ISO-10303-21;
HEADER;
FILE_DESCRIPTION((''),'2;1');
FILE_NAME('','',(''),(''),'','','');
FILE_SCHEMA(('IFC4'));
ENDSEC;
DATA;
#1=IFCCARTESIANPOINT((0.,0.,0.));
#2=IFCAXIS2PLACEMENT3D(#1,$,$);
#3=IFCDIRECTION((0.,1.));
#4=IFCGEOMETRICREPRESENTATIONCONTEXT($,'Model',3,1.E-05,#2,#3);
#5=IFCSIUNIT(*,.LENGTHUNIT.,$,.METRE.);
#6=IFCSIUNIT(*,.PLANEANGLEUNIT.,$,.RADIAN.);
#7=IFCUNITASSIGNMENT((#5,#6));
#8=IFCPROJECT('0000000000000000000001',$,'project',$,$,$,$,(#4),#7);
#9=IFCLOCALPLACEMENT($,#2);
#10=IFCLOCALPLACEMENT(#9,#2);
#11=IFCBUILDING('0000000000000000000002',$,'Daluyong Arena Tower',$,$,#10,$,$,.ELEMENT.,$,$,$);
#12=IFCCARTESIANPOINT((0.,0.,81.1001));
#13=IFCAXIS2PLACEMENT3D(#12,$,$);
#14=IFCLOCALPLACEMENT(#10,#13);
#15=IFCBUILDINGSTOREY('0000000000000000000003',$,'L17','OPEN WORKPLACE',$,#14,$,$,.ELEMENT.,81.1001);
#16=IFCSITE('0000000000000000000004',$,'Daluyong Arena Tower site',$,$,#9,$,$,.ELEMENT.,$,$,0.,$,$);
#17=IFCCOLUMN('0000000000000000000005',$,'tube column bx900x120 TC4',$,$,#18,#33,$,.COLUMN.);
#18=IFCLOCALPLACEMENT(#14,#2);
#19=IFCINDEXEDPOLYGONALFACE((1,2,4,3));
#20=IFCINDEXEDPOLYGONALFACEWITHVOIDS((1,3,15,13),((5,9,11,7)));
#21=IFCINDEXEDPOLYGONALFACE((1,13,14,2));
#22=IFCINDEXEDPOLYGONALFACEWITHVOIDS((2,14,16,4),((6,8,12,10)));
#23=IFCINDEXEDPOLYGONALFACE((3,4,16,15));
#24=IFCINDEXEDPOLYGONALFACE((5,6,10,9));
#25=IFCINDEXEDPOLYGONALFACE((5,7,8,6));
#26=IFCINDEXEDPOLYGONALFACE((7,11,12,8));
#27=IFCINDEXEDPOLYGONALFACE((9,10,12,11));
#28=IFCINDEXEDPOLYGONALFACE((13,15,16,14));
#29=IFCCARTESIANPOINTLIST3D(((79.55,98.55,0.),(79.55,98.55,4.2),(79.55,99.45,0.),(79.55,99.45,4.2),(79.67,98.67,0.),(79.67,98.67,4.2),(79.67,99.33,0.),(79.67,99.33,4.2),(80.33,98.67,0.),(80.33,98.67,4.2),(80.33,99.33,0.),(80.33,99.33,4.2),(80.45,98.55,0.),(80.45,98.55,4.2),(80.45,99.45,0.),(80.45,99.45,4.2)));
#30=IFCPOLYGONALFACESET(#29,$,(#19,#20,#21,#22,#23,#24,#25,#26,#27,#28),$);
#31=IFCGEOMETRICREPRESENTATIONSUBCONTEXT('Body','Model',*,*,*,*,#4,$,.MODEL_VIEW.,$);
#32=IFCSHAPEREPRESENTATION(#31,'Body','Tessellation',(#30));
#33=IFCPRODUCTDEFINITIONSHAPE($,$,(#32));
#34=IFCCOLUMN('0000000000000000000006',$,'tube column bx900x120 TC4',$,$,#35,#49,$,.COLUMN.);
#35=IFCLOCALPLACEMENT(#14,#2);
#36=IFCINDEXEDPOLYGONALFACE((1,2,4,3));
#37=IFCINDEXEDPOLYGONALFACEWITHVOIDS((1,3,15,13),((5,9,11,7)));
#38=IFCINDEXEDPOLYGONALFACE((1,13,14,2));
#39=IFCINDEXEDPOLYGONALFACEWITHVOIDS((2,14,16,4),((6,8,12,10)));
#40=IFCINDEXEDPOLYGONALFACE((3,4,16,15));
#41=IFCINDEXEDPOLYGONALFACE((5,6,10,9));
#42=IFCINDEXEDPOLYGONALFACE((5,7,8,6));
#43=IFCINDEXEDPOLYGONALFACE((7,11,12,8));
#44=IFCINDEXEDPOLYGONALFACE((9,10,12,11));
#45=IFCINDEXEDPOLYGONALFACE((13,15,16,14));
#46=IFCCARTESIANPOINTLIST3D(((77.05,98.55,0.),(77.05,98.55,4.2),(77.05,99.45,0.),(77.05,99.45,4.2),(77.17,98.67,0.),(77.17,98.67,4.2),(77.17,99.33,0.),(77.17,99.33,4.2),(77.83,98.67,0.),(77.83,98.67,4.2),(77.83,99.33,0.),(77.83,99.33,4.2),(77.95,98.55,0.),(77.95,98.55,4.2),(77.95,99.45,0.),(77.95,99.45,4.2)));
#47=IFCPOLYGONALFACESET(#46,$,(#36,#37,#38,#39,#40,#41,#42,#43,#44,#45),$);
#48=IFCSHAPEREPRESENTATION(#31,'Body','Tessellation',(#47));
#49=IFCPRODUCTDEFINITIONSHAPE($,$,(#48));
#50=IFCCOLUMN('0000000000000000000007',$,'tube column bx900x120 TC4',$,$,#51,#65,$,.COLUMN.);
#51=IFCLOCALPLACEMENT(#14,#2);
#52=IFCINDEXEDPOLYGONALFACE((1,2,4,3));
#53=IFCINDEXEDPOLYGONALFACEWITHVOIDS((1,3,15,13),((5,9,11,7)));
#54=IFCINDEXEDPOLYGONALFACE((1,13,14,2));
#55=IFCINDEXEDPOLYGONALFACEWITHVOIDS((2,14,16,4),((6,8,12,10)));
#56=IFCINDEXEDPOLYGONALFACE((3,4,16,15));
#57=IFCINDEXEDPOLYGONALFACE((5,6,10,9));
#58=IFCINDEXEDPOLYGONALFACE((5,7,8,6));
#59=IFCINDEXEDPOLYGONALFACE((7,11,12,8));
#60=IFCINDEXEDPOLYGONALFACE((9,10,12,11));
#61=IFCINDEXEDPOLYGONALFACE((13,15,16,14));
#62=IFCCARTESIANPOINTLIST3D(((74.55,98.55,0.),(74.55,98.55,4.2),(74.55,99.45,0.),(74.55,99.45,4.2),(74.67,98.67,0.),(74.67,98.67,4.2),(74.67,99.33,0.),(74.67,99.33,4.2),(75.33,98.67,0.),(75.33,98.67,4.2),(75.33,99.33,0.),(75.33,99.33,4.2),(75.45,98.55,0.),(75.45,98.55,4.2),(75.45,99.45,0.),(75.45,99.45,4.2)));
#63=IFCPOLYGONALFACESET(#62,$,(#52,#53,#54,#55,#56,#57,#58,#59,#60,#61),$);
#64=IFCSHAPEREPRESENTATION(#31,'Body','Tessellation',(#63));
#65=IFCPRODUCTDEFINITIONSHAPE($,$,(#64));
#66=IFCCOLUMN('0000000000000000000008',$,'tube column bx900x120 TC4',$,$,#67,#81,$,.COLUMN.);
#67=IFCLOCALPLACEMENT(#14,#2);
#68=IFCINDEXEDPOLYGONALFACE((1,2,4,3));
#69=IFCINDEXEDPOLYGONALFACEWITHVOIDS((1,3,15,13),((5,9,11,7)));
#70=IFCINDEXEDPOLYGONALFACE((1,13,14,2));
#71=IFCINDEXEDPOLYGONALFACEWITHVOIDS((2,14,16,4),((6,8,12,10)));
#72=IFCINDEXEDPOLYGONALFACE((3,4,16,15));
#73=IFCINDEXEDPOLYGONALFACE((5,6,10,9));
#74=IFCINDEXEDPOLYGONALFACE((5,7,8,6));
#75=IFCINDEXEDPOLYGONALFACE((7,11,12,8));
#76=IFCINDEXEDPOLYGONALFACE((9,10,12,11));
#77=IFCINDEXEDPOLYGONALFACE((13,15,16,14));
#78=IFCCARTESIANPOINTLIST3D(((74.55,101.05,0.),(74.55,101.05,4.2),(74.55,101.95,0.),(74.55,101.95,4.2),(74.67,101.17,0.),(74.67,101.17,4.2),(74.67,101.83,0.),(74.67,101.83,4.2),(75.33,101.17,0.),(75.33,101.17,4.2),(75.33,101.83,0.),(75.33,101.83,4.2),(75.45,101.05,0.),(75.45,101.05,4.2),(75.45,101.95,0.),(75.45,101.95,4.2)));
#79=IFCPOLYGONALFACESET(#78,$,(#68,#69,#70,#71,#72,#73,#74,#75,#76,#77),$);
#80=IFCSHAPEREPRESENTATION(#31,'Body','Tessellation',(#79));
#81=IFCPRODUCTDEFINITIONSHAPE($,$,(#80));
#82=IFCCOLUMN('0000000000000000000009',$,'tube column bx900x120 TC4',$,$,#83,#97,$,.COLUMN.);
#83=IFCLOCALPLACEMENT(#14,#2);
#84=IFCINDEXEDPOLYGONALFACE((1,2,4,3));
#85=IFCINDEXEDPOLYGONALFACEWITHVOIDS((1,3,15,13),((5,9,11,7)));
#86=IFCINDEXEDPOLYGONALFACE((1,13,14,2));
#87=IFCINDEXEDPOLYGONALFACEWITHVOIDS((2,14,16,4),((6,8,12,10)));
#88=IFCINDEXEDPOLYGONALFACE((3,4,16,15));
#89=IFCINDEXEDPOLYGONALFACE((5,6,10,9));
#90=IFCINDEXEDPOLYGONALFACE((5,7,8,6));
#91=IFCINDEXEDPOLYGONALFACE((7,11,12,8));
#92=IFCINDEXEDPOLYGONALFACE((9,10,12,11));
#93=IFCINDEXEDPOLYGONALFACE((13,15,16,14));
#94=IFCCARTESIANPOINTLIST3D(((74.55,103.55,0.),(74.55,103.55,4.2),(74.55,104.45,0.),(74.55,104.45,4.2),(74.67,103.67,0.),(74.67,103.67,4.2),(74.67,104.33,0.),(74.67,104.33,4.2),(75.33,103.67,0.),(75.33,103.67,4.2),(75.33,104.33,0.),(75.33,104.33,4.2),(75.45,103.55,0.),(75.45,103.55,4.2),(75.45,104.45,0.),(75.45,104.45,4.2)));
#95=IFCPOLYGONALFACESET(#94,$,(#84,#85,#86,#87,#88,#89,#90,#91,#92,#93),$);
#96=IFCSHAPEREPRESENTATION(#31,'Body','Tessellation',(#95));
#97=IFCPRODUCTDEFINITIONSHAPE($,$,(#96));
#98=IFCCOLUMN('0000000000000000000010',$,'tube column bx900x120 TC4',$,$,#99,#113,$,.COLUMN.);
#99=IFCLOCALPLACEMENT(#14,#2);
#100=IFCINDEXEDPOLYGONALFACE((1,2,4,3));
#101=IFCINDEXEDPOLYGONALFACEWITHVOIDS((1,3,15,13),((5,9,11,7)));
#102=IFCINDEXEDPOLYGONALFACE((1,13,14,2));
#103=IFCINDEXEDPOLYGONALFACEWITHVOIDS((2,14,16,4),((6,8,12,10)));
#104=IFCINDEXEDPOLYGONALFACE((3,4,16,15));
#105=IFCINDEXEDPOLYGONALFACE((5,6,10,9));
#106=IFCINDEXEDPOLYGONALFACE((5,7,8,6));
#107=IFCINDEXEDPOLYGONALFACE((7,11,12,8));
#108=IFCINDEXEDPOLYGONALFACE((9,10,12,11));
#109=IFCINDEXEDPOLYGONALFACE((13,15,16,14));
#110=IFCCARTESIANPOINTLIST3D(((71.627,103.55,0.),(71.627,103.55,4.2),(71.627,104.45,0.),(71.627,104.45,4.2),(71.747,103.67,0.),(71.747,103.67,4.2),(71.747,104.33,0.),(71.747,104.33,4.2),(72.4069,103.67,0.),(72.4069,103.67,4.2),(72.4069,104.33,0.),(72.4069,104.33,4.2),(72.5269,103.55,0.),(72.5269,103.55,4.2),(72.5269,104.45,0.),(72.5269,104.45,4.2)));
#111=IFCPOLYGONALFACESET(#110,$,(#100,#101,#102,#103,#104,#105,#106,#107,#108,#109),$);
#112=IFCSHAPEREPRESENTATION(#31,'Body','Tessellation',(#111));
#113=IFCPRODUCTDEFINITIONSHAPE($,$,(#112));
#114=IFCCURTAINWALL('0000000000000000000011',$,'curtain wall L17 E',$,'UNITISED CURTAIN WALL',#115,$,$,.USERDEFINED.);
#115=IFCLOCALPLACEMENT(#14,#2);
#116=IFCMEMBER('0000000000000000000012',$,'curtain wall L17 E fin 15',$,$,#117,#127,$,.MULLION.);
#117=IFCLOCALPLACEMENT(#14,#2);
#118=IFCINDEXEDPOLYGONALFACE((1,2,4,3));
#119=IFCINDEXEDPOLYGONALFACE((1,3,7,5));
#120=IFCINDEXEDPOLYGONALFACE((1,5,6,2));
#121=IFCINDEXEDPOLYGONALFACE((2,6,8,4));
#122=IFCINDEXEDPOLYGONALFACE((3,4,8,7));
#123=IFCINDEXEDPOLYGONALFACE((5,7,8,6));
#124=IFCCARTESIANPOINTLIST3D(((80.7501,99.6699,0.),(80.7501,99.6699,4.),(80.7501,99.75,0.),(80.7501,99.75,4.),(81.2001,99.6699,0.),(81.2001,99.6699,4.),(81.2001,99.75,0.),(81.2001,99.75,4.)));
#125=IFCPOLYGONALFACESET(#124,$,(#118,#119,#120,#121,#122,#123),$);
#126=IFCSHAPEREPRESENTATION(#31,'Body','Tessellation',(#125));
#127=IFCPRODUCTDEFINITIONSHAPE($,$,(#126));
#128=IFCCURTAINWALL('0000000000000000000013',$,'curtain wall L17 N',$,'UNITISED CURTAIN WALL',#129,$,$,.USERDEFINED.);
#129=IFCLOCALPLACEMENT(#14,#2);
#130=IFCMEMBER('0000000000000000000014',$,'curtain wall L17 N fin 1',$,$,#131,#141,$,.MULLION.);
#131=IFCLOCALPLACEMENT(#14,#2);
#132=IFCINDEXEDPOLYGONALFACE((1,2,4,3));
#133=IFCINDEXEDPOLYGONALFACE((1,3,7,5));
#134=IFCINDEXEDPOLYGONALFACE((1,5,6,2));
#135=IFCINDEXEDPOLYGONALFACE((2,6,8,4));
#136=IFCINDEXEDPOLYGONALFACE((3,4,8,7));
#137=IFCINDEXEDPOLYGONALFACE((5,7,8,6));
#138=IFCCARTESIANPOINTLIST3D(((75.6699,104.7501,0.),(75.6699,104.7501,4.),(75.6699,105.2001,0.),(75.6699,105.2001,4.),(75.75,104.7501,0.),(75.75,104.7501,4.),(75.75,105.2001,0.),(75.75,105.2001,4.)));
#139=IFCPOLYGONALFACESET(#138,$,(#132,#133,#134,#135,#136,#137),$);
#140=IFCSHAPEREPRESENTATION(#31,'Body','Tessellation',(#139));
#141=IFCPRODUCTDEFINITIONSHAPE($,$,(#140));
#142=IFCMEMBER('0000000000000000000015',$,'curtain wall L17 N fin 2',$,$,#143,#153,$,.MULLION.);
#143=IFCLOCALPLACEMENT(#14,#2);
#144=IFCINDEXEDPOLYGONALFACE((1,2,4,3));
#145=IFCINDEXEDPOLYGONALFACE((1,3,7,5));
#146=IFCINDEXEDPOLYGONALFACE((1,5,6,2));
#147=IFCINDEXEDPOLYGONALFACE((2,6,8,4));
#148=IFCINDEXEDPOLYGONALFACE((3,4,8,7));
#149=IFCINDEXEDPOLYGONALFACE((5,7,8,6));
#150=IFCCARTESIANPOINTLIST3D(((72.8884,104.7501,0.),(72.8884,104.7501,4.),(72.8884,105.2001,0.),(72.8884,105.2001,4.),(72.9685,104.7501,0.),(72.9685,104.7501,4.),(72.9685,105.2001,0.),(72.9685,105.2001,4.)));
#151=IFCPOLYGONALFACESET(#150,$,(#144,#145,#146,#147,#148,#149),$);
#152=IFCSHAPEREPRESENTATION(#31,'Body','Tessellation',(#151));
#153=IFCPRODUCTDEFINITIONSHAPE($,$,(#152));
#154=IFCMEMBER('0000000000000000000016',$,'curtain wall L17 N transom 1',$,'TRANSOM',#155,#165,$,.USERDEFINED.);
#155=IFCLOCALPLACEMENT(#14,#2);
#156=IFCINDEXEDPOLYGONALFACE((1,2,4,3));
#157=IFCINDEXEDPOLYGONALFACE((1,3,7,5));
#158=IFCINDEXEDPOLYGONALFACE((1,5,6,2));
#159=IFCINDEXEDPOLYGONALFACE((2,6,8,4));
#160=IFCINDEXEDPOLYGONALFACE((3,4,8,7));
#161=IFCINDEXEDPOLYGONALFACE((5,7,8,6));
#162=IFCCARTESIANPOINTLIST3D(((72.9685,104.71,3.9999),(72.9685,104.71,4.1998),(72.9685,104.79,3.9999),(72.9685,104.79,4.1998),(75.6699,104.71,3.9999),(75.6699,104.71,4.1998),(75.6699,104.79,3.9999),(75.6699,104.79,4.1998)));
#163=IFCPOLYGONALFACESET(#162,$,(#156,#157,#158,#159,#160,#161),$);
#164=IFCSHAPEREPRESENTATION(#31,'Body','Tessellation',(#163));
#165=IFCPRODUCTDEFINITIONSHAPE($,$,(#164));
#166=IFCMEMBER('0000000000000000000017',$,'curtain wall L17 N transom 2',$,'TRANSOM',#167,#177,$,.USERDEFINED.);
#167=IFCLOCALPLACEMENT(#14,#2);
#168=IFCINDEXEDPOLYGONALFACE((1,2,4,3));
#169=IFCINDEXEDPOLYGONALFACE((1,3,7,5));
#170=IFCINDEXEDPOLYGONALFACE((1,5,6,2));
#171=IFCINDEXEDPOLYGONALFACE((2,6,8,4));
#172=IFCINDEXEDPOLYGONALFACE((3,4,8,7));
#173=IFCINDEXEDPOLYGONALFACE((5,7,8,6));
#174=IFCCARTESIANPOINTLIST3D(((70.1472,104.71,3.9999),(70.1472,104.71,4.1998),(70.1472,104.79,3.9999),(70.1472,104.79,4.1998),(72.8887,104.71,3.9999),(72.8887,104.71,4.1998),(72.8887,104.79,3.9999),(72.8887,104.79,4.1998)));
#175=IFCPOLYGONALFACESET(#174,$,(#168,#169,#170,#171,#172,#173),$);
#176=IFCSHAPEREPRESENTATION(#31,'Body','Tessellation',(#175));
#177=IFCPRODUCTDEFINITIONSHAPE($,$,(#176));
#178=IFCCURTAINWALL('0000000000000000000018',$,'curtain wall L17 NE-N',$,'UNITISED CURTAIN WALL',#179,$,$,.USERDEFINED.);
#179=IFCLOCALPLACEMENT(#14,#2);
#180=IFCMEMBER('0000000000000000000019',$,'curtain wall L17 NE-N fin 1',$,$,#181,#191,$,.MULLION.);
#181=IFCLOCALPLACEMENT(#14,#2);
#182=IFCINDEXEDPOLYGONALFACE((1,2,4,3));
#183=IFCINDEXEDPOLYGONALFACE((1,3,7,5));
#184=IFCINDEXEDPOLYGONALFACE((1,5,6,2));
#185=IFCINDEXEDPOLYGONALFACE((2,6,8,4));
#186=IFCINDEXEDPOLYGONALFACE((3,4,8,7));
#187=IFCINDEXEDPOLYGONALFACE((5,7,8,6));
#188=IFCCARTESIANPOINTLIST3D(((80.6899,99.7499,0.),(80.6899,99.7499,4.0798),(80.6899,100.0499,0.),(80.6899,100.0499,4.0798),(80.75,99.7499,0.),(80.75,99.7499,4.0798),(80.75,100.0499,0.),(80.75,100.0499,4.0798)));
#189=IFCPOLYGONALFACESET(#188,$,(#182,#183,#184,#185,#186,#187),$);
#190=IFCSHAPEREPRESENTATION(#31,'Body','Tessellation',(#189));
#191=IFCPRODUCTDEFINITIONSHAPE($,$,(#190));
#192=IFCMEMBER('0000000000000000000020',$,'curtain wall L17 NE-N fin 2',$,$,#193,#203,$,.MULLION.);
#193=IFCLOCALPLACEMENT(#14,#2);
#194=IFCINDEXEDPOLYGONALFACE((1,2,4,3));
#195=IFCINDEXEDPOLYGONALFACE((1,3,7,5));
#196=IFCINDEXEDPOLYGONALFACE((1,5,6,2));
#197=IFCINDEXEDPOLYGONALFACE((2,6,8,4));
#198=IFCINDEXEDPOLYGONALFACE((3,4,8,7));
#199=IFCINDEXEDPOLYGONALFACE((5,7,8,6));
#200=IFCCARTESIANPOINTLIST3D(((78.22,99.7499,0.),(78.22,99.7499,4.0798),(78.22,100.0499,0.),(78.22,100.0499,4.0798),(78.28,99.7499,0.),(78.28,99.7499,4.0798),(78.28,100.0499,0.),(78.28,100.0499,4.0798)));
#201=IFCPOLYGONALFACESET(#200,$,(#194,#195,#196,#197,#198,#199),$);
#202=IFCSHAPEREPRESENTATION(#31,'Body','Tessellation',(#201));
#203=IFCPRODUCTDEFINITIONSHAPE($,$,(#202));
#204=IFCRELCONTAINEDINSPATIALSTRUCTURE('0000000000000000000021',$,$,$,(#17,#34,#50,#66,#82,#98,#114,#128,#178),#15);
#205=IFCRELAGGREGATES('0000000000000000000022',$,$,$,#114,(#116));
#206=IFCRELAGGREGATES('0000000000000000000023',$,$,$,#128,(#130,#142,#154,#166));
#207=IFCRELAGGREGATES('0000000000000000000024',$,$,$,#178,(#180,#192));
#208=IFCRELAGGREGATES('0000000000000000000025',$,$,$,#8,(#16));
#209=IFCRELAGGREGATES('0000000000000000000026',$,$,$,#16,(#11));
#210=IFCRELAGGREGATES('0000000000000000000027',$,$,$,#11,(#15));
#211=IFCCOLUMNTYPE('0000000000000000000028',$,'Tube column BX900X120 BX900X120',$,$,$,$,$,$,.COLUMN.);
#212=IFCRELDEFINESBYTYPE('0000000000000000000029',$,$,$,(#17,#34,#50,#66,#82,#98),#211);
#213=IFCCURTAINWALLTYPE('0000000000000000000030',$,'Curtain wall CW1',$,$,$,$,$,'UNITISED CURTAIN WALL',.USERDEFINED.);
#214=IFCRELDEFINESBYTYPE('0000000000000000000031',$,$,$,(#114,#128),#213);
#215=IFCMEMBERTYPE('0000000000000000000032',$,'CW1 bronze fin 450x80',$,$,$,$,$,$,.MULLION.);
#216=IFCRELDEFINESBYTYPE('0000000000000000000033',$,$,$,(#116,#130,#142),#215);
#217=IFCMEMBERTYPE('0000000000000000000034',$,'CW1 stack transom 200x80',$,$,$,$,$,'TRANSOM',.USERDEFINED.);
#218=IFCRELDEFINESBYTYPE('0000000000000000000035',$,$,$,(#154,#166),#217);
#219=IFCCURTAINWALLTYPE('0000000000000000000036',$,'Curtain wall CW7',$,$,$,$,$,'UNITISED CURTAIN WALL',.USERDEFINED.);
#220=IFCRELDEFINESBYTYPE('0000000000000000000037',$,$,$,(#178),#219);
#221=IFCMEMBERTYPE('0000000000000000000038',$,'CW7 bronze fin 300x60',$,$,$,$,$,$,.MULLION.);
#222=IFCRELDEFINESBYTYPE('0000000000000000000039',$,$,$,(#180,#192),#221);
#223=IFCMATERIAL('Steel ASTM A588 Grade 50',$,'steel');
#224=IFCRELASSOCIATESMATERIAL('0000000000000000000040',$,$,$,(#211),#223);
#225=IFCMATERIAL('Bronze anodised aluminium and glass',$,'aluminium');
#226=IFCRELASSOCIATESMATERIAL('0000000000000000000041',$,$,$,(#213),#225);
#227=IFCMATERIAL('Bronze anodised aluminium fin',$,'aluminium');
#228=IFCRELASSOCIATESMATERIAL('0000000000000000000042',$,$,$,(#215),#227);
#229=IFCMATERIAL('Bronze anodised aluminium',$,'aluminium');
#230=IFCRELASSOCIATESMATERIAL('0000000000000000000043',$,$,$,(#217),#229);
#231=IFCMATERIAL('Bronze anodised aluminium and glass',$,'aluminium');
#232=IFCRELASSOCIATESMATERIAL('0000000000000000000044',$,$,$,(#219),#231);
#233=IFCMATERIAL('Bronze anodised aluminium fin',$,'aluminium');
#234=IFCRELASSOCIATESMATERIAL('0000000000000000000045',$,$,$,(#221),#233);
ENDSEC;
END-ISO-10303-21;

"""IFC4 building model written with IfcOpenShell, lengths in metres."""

from ifc_helpers import new_model, si_unit, direction, frame, origin, origin_2d, place, context, subcontext, project, spatial, rectangle, hollow_rectangle, extrude, material, material_profile, profile_set, type_object, element, aggregate, save


model = new_model("IFC4")

# Units and contexts
model_context = context("Model", 3, precision=1e-05, world=origin(), true_north=direction((0.0, 1.0)))
body_context = subcontext(model_context, "Body", "Model", "MODEL_VIEW")
ifc_project = project(units=[si_unit("LENGTHUNIT", "METRE"), si_unit("PLANEANGLEUNIT", "RADIAN")], contexts=[model_context])

# Site, building, storey
site_placement = place(None, origin())
site = spatial("IfcSite", under=ifc_project, at=site_placement, Name="Daluyong Arena Tower site", CompositionType="ELEMENT", RefElevation=0.0)
building_placement = place(site_placement, origin())
building = spatial("IfcBuilding", under=site, at=building_placement, Name="Daluyong Arena Tower", CompositionType="ELEMENT")
storey_placement = place(building_placement, frame((0.0, 0.0, 81.1001)))
storey = spatial("IfcBuildingStorey", under=building, at=storey_placement, Name="L17", Description="OPEN WORKPLACE", CompositionType="ELEMENT", Elevation=81.1001)

# Columns
ifc_material_1 = material(Name="Steel ASTM A588 Grade 50", Category="steel")
ifc_material_profile_1 = material_profile(ifc_material_1, hollow_rectangle(XDim=0.8999, YDim=0.8999, WallThickness=0.12, at=origin_2d()))
ifc_profile_set_1 = profile_set([ifc_material_profile_1], Name="Steel ASTM A588 Grade 50")
column_type = type_object("IfcColumnType", Name="Tube column BX900X120 BX900X120", PredefinedType="COLUMN", material=ifc_profile_set_1)
for number, where, z_axis, x_axis, name in (
    (1, (80.0, 99.0, 0.0), (0.0, 0.0, 1.0), (1.0, 0.0, 0.0), "tube column bx900x120 TC4"),
    (2, (77.5, 99.0, 0.0), (0.0, 0.0, 1.0), (1.0, 0.0, 0.0), "tube column bx900x120 TC4"),
    (3, (75.0, 99.0, 0.0), (0.0, 0.0, 1.0), (0.0, 1.0, 0.0), "tube column bx900x120 TC4"),
    (4, (75.0, 101.5, 0.0), (0.0, 0.0, 1.0), (0.0, 1.0, 0.0), "tube column bx900x120 TC4"),
    (5, (75.0, 104.0, 0.0), (0.0, 0.0, 1.0), (1.0, 0.0, 0.0), "tube column bx900x120 TC4"),
    (6, (72.0769, 104.0, 0.0), (0.0, 0.0, 1.0), (1.0, 0.0, 0.0), "tube column bx900x120 TC4"),
):
    element("IfcColumn", number, at=place(storey_placement, frame(where, z_axis=z_axis, x_axis=x_axis)), inside=storey, type_object=column_type, Name=name, PredefinedType="COLUMN", context=body_context, shape_type="SweptSolid", body=[
        extrude(hollow_rectangle(XDim=0.8999, YDim=0.8999, WallThickness=0.12, at=origin_2d()), origin(), (0.0, 0.0, 1.0), 4.2),
    ])

# Curtain wall, member
ifc_material_2 = material(Name="Bronze anodised aluminium and glass", Category="aluminium")
curtain_wall_type_1 = type_object("IfcCurtainWallType", Name="Curtain wall CW1", ElementType="UNITISED CURTAIN WALL", PredefinedType="USERDEFINED", material=ifc_material_2)
curtain_wall_1_placement = place(storey_placement, origin())
curtain_wall_1 = element("IfcCurtainWall", 7, at=curtain_wall_1_placement, inside=storey, type_object=curtain_wall_type_1, Name="curtain wall L17 E", ObjectType="UNITISED CURTAIN WALL", PredefinedType="USERDEFINED")
ifc_material_3 = material(Name="Bronze anodised aluminium fin", Category="aluminium")
ifc_material_profile_2 = material_profile(ifc_material_3, rectangle(XDim=0.45, YDim=0.0801, at=origin_2d()))
ifc_profile_set_2 = profile_set([ifc_material_profile_2], Name="Bronze anodised aluminium fin")
member_type_1 = type_object("IfcMemberType", Name="CW1 bronze fin 450x80", PredefinedType="MULLION", material=ifc_profile_set_2)
member_1_placement = place(storey_placement, frame((80.9751, 99.71, 0.0), z_axis=(0.0, 0.0, 1.0), x_axis=(-1.0, 0.0, 0.0)))
member_1 = element("IfcMember", 8, at=member_1_placement, type_object=member_type_1, Name="curtain wall L17 E fin 15", PredefinedType="MULLION", context=body_context, shape_type="SweptSolid", body=[
    extrude(rectangle(XDim=0.45, YDim=0.0801, at=origin_2d()), origin(), (0.0, 0.0, 1.0), 4.0),
])

# Curtain walls, members
curtain_wall_2_placement = place(storey_placement, origin())
curtain_wall_2 = element("IfcCurtainWall", 9, at=curtain_wall_2_placement, inside=storey, type_object=curtain_wall_type_1, Name="curtain wall L17 N", ObjectType="UNITISED CURTAIN WALL", PredefinedType="USERDEFINED")
member_2_placement = place(storey_placement, frame((75.71, 104.9751, 0.0), z_axis=(0.0, 0.0, 1.0), x_axis=(0.0, -1.0, 0.0)))
member_2 = element("IfcMember", 10, at=member_2_placement, type_object=member_type_1, Name="curtain wall L17 N fin 1", PredefinedType="MULLION", context=body_context, shape_type="SweptSolid", body=[
    extrude(rectangle(XDim=0.45, YDim=0.0801, at=origin_2d()), origin(), (0.0, 0.0, 1.0), 4.0),
])
member_3_placement = place(storey_placement, frame((72.9285, 104.9751, 0.0), z_axis=(0.0, 0.0, 1.0), x_axis=(0.0, -1.0, 0.0)))
member_3 = element("IfcMember", 11, at=member_3_placement, type_object=member_type_1, Name="curtain wall L17 N fin 2", PredefinedType="MULLION", context=body_context, shape_type="SweptSolid", body=[
    extrude(rectangle(XDim=0.45, YDim=0.0801, at=origin_2d()), origin(), (0.0, 0.0, 1.0), 4.0),
])
ifc_material_4 = material(Name="Bronze anodised aluminium", Category="aluminium")
ifc_material_profile_3 = material_profile(ifc_material_4, rectangle(XDim=0.0801, YDim=0.2, at=origin_2d()))
ifc_profile_set_3 = profile_set([ifc_material_profile_3], Name="Bronze anodised aluminium")
member_type_2 = type_object("IfcMemberType", Name="CW1 stack transom 200x80", ElementType="TRANSOM", PredefinedType="USERDEFINED", material=ifc_profile_set_3)
member_4_placement = place(storey_placement, frame((75.6699, 104.75, 4.0999), z_axis=(-1.0, 0.0, 0.0), x_axis=(0.0, -1.0, 0.0)))
member_4 = element("IfcMember", 12, at=member_4_placement, type_object=member_type_2, Name="curtain wall L17 N transom 1", ObjectType="TRANSOM", PredefinedType="USERDEFINED", context=body_context, shape_type="SweptSolid", body=[
    extrude(rectangle(XDim=0.0801, YDim=0.2, at=origin_2d()), origin(), (0.0, 0.0, 1.0), 2.7014),
])
member_5_placement = place(storey_placement, frame((72.8887, 104.75, 4.0999), z_axis=(-1.0, 0.0, 0.0), x_axis=(0.0, -1.0, 0.0)))
member_5 = element("IfcMember", 13, at=member_5_placement, type_object=member_type_2, Name="curtain wall L17 N transom 2", ObjectType="TRANSOM", PredefinedType="USERDEFINED", context=body_context, shape_type="SweptSolid", body=[
    extrude(rectangle(XDim=0.0801, YDim=0.2, at=origin_2d()), origin(), (0.0, 0.0, 1.0), 2.7415),
])
ifc_material_5 = material(Name="Bronze anodised aluminium and glass", Category="aluminium")
curtain_wall_type_2 = type_object("IfcCurtainWallType", Name="Curtain wall CW7", ElementType="UNITISED CURTAIN WALL", PredefinedType="USERDEFINED", material=ifc_material_5)
curtain_wall_3_placement = place(storey_placement, origin())
curtain_wall_3 = element("IfcCurtainWall", 14, at=curtain_wall_3_placement, inside=storey, type_object=curtain_wall_type_2, Name="curtain wall L17 NE-N", ObjectType="UNITISED CURTAIN WALL", PredefinedType="USERDEFINED")
ifc_material_6 = material(Name="Bronze anodised aluminium fin", Category="aluminium")
ifc_material_profile_4 = material_profile(ifc_material_6, rectangle(XDim=0.3, YDim=0.0601, at=origin_2d()))
ifc_profile_set_4 = profile_set([ifc_material_profile_4], Name="Bronze anodised aluminium fin")
member_type_3 = type_object("IfcMemberType", Name="CW7 bronze fin 300x60", PredefinedType="MULLION", material=ifc_profile_set_4)
member_6_placement = place(storey_placement, frame((80.72, 99.8999, 0.0), z_axis=(0.0, 0.0, 1.0), x_axis=(0.0, -1.0, 0.0)))
member_6 = element("IfcMember", 15, at=member_6_placement, type_object=member_type_3, Name="curtain wall L17 NE-N fin 1", PredefinedType="MULLION", context=body_context, shape_type="SweptSolid", body=[
    extrude(rectangle(XDim=0.3, YDim=0.0601, at=origin_2d()), origin(), (0.0, 0.0, 1.0), 4.0798),
])
member_7_placement = place(storey_placement, frame((78.25, 99.8999, 0.0), z_axis=(0.0, 0.0, 1.0), x_axis=(0.0, -1.0, 0.0)))
member_7 = element("IfcMember", 16, at=member_7_placement, type_object=member_type_3, Name="curtain wall L17 NE-N fin 2", PredefinedType="MULLION", context=body_context, shape_type="SweptSolid", body=[
    extrude(rectangle(XDim=0.3, YDim=0.0601, at=origin_2d()), origin(), (0.0, 0.0, 1.0), 4.0798),
])

aggregate(curtain_wall_1, [member_1])
aggregate(curtain_wall_2, [member_2, member_3, member_4, member_5])
aggregate(curtain_wall_3, [member_6, member_7])

save(model, "model.ifc")
